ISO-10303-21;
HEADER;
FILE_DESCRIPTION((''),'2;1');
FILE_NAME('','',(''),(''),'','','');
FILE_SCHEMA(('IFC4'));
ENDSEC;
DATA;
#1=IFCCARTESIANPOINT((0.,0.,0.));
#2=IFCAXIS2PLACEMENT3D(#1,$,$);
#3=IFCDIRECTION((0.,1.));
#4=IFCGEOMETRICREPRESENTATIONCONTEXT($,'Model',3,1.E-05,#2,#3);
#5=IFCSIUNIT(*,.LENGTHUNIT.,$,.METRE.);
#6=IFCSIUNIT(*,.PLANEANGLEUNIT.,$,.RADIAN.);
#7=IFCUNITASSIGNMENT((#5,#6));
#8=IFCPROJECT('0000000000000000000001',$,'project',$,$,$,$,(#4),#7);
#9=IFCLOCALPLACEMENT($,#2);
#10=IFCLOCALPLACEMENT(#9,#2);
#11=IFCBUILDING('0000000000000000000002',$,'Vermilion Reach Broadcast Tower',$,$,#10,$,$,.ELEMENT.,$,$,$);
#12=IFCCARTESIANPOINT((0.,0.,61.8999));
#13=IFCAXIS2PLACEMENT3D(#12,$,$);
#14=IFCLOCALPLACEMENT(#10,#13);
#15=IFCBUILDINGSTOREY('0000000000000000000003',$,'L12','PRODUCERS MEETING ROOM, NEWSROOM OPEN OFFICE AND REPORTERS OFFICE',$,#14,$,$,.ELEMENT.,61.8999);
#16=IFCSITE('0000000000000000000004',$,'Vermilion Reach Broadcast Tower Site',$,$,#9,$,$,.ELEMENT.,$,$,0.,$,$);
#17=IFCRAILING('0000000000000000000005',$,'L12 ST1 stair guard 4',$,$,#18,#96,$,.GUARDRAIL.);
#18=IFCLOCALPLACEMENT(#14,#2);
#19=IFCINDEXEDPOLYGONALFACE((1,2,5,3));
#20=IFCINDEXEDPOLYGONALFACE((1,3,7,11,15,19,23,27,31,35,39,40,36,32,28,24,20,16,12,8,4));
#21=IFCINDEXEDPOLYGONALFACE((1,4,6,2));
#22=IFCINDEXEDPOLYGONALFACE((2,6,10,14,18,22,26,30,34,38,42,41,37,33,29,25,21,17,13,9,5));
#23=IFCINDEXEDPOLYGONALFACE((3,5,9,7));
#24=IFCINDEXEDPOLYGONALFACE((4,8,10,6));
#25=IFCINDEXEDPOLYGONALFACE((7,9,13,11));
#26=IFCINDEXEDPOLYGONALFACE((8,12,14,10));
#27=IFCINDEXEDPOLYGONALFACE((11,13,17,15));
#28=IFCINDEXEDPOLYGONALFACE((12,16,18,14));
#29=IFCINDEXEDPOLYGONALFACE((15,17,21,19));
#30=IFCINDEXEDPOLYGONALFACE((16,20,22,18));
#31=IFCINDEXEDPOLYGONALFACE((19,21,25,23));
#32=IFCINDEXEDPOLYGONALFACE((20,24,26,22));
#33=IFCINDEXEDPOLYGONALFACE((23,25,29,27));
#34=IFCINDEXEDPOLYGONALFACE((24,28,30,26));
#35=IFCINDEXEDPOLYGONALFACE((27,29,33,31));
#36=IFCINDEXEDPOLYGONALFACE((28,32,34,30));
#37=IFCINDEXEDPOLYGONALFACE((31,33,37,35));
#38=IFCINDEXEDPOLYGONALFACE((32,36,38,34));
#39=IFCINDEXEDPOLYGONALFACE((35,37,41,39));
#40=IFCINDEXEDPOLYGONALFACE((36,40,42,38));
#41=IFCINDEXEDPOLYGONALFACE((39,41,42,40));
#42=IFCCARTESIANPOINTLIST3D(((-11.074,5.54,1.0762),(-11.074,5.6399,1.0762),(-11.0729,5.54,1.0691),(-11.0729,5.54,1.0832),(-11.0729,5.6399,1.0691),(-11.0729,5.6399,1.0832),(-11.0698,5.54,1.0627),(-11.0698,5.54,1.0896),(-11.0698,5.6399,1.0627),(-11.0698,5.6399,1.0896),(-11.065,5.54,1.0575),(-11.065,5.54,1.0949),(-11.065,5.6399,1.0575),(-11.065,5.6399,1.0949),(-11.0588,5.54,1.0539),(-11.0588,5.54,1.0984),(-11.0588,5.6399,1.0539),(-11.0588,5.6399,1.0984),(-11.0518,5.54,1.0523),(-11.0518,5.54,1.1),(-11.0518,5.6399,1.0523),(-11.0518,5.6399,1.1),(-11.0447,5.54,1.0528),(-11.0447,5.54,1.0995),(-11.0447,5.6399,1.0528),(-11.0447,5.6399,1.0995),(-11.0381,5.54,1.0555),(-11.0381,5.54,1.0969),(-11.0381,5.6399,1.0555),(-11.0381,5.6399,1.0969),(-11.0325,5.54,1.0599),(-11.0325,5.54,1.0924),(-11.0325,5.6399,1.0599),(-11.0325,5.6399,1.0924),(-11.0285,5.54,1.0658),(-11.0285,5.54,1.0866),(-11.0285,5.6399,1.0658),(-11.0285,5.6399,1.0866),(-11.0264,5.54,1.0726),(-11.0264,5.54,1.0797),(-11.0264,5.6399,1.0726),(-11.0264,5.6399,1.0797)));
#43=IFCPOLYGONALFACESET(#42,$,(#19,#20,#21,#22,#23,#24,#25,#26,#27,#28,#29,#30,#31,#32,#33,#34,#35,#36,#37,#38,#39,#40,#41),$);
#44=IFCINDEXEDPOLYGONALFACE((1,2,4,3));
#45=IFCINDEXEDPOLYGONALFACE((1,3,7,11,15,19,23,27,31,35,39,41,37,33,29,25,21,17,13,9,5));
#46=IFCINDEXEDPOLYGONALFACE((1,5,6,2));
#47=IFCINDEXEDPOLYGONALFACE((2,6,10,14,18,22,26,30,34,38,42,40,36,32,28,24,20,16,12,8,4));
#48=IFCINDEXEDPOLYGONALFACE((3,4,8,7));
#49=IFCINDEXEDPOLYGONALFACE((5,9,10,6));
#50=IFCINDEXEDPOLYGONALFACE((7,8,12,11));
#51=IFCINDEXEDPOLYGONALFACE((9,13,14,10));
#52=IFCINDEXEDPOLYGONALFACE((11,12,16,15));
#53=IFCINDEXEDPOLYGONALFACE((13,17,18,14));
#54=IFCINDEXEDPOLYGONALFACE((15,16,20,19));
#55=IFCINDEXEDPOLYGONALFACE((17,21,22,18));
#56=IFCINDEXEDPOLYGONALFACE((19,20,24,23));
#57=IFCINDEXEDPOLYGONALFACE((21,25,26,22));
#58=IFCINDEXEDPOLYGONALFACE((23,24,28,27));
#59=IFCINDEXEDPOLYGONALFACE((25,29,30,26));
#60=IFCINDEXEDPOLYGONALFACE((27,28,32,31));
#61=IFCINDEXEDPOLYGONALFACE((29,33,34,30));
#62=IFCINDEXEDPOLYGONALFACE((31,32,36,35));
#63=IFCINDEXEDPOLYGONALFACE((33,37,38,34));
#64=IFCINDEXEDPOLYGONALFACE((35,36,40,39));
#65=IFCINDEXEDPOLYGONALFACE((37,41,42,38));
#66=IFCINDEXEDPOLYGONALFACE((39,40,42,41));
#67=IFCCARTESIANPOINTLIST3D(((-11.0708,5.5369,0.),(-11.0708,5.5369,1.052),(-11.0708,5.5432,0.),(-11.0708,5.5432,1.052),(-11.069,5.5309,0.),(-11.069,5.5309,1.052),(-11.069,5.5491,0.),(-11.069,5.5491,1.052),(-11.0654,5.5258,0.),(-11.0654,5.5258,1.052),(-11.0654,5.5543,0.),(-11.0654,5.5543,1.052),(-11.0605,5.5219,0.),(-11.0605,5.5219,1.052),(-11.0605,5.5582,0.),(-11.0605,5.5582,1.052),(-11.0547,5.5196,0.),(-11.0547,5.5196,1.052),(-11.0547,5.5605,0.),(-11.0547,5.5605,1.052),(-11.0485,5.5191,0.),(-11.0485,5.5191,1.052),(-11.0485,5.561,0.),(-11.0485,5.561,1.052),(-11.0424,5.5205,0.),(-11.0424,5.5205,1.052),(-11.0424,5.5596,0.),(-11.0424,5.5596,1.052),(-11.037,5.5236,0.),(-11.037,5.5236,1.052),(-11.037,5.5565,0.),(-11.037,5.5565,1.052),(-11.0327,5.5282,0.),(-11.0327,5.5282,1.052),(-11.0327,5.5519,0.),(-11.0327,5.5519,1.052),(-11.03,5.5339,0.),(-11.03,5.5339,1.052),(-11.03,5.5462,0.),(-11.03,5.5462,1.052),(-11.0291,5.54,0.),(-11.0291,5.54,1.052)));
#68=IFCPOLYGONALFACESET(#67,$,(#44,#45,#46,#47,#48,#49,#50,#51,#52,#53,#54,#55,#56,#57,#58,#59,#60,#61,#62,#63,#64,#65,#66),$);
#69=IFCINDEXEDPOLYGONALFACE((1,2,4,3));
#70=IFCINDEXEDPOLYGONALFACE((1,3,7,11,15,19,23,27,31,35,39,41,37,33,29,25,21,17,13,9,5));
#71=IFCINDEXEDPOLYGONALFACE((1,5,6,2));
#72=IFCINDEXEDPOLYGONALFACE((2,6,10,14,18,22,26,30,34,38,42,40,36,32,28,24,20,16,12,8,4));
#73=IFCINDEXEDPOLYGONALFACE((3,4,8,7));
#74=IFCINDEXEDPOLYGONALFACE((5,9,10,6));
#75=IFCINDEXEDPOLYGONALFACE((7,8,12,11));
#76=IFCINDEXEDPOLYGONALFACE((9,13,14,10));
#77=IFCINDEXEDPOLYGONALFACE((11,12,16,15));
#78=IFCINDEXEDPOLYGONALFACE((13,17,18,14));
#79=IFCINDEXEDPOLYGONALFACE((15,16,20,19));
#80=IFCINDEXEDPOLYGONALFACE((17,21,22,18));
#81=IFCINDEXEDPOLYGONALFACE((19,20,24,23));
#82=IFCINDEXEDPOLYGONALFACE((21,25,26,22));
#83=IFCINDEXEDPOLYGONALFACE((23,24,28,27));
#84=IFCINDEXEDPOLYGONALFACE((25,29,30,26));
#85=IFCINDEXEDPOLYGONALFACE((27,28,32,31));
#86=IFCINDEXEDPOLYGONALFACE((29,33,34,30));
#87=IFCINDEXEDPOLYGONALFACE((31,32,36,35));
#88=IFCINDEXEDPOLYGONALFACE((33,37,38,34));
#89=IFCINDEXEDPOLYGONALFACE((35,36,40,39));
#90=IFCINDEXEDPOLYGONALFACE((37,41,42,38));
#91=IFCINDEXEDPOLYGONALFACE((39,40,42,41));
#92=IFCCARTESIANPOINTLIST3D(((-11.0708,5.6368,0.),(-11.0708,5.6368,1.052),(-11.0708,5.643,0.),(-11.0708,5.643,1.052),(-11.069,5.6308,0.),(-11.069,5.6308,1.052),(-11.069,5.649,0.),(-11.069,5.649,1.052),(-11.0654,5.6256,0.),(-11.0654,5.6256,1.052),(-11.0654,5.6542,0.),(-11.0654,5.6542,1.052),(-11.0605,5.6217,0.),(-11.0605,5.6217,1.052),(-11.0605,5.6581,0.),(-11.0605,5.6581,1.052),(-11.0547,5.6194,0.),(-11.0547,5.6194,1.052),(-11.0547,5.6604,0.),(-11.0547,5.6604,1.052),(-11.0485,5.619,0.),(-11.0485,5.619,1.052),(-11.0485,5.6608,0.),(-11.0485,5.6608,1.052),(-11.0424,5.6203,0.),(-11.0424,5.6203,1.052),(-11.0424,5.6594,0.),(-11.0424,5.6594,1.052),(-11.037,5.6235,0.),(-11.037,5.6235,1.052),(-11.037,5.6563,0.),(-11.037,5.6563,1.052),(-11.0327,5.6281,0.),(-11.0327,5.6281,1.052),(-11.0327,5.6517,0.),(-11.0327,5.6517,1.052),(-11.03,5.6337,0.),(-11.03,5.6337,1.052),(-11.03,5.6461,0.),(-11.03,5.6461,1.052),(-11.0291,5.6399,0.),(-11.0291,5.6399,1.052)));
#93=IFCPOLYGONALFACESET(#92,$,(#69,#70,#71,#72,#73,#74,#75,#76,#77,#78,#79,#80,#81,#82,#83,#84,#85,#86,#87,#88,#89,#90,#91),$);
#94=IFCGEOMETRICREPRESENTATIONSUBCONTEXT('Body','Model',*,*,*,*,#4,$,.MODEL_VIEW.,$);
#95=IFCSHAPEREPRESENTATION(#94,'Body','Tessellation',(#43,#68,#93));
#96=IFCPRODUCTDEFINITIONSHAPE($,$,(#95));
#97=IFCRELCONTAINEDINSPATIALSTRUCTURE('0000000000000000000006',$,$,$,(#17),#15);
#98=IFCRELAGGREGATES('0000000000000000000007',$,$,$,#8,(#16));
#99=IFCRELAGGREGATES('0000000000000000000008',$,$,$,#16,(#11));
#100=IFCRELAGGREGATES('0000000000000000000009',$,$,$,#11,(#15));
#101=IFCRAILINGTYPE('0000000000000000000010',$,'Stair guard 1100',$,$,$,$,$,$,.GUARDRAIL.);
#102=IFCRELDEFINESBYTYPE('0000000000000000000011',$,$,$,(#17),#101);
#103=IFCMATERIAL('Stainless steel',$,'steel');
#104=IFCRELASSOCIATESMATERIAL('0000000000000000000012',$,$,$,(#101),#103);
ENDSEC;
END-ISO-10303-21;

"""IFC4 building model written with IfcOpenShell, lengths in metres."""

from ifc_helpers import new_model, si_unit, direction, frame, origin, origin_2d, place, context, subcontext, project, spatial, circle, extrude, material, type_object, element, save


model = new_model("IFC4")

# Units and contexts
model_context = context("Model", 3, precision=1e-05, world=origin(), true_north=direction((0.0, 1.0)))
body_context = subcontext(model_context, "Body", "Model", "MODEL_VIEW")
ifc_project = project(units=[si_unit("LENGTHUNIT", "METRE"), si_unit("PLANEANGLEUNIT", "RADIAN")], contexts=[model_context])

# Site, building, storey
site_placement = place(None, origin())
site = spatial("IfcSite", under=ifc_project, at=site_placement, Name="Vermilion Reach Broadcast Tower Site", CompositionType="ELEMENT", RefElevation=0.0)
building_placement = place(site_placement, origin())
building = spatial("IfcBuilding", under=site, at=building_placement, Name="Vermilion Reach Broadcast Tower", CompositionType="ELEMENT")
storey_placement = place(building_placement, frame((0.0, 0.0, 61.8999)))
storey = spatial("IfcBuildingStorey", under=building, at=storey_placement, Name="L12", Description="PRODUCERS MEETING ROOM, NEWSROOM OPEN OFFICE AND REPORTERS OFFICE", CompositionType="ELEMENT", Elevation=61.8999)

# Railing
ifc_material_1 = material(Name="Stainless steel", Category="steel")
railing_type_1 = type_object("IfcRailingType", Name="Stair guard 1100", PredefinedType="GUARDRAIL", material=ifc_material_1)
railing_1_placement = place(storey_placement, frame((-11.05, 5.54, 0.0)))
element("IfcRailing", 1, at=railing_1_placement, inside=storey, type_object=railing_type_1, Name="L12 ST1 stair guard 4", PredefinedType="GUARDRAIL", context=body_context, shape_type="SweptSolid", body=[
    extrude(circle(Radius=0.0239, at=origin_2d()), frame((0.0, 0.0, 1.0762), z_axis=(0.0, 1.0, 0.0), x_axis=(-1.0, 0.0, 0.0)), (0.0, 0.0, 1.0), 0.0999),
    extrude(circle(Radius=0.021, at=origin_2d()), origin(), (0.0, 0.0, 1.0), 1.052),
    extrude(circle(Radius=0.021, at=origin_2d()), frame((0.0, 0.0999, 0.0)), (0.0, 0.0, 1.0), 1.052),
])

save(model, "model.ifc")
